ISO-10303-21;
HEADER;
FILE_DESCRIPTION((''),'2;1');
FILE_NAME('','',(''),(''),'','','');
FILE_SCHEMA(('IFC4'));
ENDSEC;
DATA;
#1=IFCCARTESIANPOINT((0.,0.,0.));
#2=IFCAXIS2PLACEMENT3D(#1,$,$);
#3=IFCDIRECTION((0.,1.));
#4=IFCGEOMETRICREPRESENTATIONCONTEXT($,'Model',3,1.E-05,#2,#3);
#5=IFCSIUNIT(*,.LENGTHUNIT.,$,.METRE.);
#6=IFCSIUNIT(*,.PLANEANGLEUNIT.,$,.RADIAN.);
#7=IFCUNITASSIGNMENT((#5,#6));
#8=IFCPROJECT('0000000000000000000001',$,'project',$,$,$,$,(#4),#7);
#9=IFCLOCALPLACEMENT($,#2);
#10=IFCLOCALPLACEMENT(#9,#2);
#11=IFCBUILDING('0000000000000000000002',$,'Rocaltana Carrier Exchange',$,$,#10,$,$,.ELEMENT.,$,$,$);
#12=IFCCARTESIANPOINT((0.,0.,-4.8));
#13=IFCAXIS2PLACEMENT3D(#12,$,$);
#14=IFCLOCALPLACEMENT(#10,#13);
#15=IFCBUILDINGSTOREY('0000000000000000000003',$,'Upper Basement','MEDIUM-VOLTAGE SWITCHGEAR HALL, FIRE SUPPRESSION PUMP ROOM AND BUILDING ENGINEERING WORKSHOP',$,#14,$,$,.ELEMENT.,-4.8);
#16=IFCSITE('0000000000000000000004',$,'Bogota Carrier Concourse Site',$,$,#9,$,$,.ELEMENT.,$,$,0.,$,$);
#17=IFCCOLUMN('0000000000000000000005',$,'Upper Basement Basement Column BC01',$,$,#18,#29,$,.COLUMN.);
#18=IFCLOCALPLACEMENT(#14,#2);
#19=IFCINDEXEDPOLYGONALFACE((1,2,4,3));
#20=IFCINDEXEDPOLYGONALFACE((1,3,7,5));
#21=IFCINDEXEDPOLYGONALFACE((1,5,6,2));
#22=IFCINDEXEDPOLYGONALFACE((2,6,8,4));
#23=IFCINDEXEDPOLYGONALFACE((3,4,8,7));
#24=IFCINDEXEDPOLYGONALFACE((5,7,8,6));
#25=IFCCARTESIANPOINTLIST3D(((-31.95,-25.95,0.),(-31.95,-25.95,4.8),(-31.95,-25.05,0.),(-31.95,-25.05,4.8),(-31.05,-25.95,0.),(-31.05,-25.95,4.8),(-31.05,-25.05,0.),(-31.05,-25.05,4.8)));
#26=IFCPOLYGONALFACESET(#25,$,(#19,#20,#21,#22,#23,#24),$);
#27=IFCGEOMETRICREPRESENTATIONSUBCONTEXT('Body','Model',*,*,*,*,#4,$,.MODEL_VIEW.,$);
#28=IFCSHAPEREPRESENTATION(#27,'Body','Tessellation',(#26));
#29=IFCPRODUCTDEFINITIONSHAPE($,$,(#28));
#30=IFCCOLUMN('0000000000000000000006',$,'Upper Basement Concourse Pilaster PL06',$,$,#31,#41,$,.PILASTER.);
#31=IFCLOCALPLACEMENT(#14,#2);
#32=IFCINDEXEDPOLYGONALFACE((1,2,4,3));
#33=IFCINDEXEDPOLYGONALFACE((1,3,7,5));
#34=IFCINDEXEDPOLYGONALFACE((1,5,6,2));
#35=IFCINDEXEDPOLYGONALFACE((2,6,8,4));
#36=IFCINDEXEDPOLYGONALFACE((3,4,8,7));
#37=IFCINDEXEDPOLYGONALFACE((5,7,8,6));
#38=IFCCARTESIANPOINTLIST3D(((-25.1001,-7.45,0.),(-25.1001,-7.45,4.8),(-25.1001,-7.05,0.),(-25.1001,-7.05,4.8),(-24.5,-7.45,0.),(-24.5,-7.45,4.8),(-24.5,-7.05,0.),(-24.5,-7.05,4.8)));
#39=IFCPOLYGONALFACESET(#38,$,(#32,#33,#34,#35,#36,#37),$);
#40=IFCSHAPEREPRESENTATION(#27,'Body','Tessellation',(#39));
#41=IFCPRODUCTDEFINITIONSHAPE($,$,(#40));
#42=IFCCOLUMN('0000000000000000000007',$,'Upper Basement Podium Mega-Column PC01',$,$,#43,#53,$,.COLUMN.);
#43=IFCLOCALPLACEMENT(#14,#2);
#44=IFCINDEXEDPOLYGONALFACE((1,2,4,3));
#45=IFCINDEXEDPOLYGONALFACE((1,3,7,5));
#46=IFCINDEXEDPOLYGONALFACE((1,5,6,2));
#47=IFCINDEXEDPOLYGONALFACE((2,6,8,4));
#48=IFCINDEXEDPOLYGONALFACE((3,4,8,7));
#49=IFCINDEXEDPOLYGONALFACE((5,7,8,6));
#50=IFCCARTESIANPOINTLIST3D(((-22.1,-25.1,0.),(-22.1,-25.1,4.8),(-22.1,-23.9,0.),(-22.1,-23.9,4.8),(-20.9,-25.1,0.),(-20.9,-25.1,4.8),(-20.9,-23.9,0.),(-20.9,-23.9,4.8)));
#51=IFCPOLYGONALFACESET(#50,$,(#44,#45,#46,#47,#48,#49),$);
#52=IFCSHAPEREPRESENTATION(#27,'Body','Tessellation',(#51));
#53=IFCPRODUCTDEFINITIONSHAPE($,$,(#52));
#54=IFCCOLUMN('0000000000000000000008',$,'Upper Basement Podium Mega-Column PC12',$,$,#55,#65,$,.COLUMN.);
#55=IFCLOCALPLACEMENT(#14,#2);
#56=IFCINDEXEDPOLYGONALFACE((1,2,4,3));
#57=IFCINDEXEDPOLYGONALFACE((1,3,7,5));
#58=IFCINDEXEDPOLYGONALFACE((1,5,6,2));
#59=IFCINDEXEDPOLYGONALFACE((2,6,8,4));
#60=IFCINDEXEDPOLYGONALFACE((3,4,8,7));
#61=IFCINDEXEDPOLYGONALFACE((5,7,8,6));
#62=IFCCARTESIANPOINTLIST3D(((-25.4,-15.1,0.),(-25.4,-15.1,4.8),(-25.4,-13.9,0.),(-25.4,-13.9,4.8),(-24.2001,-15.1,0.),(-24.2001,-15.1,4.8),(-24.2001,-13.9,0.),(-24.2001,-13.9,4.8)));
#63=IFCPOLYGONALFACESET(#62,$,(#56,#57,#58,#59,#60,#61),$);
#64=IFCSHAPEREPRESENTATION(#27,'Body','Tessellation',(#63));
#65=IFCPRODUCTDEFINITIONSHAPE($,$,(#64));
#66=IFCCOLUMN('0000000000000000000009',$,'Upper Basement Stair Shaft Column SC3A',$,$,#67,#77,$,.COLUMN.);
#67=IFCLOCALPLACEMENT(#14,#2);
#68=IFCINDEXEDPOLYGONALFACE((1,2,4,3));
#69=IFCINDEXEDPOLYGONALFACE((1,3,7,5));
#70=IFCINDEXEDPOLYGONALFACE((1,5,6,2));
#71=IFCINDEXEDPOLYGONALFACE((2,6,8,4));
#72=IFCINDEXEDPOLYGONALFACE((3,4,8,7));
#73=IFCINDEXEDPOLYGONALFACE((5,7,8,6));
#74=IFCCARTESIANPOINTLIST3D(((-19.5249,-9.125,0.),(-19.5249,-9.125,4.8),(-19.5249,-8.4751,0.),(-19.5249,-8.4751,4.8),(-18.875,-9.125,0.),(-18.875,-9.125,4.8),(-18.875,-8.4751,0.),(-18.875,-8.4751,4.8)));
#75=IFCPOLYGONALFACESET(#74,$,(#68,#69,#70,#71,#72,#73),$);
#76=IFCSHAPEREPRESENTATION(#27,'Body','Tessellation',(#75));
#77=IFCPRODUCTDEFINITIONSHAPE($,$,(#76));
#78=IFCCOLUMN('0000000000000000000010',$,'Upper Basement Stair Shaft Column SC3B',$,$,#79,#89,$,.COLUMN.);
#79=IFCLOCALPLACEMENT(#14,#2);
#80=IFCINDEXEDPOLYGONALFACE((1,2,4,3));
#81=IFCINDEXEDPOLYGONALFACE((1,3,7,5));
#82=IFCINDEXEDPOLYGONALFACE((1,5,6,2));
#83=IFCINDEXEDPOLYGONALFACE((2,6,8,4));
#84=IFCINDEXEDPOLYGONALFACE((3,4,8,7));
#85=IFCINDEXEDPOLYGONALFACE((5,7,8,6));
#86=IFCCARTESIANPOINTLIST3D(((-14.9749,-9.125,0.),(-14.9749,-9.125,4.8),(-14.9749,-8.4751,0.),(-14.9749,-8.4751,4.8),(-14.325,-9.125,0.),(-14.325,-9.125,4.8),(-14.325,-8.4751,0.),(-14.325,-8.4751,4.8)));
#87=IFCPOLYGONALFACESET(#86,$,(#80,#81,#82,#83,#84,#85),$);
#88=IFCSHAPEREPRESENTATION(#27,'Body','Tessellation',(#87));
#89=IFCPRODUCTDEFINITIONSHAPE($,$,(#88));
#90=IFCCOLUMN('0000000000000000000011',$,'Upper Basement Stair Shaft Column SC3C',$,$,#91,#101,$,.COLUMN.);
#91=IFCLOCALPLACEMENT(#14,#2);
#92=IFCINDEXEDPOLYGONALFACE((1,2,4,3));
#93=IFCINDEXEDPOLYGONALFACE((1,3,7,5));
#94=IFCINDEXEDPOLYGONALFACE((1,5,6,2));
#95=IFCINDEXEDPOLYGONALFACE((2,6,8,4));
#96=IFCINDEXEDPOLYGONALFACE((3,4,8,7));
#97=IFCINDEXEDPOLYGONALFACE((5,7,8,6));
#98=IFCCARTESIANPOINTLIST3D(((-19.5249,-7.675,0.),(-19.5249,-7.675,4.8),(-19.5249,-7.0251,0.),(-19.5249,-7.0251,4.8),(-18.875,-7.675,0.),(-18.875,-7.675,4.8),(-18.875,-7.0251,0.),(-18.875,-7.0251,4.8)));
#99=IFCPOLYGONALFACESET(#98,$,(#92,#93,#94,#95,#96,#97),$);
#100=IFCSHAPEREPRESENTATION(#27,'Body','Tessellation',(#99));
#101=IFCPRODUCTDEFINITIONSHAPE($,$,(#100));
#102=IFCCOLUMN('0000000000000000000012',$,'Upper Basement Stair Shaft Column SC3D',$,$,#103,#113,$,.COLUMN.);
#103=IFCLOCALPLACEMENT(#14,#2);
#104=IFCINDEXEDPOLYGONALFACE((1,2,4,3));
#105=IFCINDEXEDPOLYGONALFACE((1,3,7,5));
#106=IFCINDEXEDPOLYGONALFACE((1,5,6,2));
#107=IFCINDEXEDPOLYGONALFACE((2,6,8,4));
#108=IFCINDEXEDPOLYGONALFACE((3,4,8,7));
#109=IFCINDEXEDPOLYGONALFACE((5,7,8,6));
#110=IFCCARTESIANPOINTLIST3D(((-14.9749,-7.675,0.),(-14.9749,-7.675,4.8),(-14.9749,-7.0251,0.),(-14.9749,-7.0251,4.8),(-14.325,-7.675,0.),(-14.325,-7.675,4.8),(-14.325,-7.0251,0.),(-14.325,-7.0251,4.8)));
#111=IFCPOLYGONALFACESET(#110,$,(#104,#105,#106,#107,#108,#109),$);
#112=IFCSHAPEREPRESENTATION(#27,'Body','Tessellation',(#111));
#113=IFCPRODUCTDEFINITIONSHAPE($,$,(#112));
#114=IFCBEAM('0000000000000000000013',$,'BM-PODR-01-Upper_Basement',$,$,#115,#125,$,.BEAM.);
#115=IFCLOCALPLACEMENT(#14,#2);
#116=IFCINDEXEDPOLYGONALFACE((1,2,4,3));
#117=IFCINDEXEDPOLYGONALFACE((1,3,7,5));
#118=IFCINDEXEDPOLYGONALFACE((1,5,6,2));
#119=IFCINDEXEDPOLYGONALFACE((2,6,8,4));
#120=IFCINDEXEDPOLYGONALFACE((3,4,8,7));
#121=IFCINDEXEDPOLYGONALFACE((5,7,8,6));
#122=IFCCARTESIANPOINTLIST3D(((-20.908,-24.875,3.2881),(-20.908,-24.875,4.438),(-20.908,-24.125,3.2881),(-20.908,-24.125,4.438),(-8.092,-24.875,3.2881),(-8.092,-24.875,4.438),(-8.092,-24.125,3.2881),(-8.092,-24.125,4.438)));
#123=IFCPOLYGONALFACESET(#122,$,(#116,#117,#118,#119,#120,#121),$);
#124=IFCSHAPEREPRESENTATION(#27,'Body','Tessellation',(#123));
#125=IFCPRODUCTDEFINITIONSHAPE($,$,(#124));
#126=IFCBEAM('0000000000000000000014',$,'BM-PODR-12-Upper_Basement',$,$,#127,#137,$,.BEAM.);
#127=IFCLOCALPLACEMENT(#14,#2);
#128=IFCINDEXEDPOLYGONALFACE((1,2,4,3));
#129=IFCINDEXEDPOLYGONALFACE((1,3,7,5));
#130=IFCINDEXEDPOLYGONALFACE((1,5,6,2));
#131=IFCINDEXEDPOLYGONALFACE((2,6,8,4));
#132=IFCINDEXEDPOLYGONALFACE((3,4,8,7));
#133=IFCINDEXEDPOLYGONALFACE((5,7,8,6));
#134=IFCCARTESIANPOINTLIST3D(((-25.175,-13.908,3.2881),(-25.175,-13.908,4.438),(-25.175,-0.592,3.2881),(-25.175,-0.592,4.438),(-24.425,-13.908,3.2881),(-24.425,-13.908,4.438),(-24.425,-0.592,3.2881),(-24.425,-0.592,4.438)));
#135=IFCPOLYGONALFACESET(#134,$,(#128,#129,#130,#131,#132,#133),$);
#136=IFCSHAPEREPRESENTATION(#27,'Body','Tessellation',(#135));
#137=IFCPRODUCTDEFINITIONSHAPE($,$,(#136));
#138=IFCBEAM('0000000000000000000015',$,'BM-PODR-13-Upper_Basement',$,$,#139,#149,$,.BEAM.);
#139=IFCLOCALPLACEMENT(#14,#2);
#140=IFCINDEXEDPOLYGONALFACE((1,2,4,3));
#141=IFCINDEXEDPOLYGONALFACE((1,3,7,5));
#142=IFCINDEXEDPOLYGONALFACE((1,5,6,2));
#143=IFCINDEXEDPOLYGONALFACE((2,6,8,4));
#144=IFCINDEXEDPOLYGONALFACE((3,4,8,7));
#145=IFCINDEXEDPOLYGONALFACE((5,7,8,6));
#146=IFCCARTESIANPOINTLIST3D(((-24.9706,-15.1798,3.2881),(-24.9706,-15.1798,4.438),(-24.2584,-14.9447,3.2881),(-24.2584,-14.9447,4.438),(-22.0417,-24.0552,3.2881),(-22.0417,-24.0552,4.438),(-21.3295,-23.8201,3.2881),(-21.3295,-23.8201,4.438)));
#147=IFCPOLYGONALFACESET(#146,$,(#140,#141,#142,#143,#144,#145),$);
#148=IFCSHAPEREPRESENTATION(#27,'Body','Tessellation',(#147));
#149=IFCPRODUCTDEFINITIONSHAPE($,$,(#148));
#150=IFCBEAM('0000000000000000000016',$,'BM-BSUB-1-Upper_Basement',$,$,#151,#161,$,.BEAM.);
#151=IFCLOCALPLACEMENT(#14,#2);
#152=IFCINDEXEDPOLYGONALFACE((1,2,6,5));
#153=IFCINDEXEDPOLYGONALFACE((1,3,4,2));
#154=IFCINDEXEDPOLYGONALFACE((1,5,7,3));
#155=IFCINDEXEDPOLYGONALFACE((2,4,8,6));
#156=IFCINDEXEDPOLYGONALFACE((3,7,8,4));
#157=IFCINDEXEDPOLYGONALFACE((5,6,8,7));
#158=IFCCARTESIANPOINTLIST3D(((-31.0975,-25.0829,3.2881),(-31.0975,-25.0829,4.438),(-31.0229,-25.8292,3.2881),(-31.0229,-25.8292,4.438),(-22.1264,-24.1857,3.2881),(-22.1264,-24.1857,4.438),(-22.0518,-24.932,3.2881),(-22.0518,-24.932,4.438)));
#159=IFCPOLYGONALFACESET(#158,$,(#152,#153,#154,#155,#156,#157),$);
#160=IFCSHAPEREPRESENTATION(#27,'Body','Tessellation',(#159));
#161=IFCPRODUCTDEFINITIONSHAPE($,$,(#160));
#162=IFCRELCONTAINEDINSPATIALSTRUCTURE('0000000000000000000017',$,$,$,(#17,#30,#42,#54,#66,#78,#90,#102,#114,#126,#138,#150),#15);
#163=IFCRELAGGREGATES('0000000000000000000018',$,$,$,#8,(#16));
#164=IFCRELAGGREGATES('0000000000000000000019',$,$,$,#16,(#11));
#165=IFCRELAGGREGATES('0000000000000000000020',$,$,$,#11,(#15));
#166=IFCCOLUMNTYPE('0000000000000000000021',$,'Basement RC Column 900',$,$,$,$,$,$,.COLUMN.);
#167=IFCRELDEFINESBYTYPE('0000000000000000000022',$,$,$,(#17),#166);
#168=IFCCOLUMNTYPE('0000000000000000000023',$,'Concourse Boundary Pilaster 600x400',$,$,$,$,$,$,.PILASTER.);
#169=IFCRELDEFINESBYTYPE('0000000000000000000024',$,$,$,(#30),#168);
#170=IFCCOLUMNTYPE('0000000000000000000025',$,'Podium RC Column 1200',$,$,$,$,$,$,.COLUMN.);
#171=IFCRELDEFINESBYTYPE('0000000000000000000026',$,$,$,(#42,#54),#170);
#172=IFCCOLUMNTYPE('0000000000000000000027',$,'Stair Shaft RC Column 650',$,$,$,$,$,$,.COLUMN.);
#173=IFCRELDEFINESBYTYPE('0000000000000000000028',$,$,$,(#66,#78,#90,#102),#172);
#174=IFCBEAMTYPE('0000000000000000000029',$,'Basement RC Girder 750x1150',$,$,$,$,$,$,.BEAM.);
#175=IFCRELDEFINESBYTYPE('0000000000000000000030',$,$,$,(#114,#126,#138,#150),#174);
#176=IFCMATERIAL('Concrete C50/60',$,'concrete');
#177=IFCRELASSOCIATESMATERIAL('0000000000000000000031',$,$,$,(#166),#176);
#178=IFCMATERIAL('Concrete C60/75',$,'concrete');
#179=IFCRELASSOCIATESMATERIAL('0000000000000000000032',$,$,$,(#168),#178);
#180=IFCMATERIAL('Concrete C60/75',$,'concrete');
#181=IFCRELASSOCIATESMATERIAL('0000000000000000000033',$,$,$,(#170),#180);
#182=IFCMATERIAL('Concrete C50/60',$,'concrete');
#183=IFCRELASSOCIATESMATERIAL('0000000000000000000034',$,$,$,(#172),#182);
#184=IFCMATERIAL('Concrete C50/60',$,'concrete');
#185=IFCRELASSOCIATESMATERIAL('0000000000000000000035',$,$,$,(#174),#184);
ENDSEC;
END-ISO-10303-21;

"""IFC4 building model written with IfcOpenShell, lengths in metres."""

from ifc_helpers import new_model, si_unit, direction, frame, origin, origin_2d, place, context, subcontext, project, spatial, rectangle, extrude, material, material_profile, profile_set, type_object, element, save


model = new_model("IFC4")

# Units and contexts
model_context = context("Model", 3, precision=1e-05, world=origin(), true_north=direction((0.0, 1.0)))
body_context = subcontext(model_context, "Body", "Model", "MODEL_VIEW")
ifc_project = project(units=[si_unit("LENGTHUNIT", "METRE"), si_unit("PLANEANGLEUNIT", "RADIAN")], contexts=[model_context])

# Site, building, storey
site_placement = place(None, origin())
site = spatial("IfcSite", under=ifc_project, at=site_placement, Name="Bogota Carrier Concourse Site", CompositionType="ELEMENT", RefElevation=0.0)
building_placement = place(site_placement, origin())
building = spatial("IfcBuilding", under=site, at=building_placement, Name="Rocaltana Carrier Exchange", CompositionType="ELEMENT")
storey_placement = place(building_placement, frame((0.0, 0.0, -4.8)))
storey = spatial("IfcBuildingStorey", under=building, at=storey_placement, Name="Upper Basement", Description="MEDIUM-VOLTAGE SWITCHGEAR HALL, FIRE SUPPRESSION PUMP ROOM AND BUILDING ENGINEERING WORKSHOP", CompositionType="ELEMENT", Elevation=-4.8)

# Columns
ifc_material_1 = material(Name="Concrete C50/60", Category="concrete")
ifc_material_profile_1 = material_profile(ifc_material_1, rectangle(XDim=0.8999, YDim=0.8999, at=origin_2d()), Name="RC-COL-900X900")
ifc_profile_set_1 = profile_set([ifc_material_profile_1], Name="Concrete C50/60")
column_type_1 = type_object("IfcColumnType", Name="Basement RC Column 900", PredefinedType="COLUMN", material=ifc_profile_set_1)
column_1_placement = place(storey_placement, frame((-31.5, -25.5, 0.0), z_axis=(0.0, 0.0, 1.0), x_axis=(1.0, 0.0, 0.0)))
element("IfcColumn", 1, at=column_1_placement, inside=storey, type_object=column_type_1, Name="Upper Basement Basement Column BC01", PredefinedType="COLUMN", context=body_context, shape_type="SweptSolid", body=[
    extrude(rectangle(XDim=0.8999, YDim=0.8999, at=origin_2d()), origin(), (0.0, 0.0, 1.0), 4.8),
])
ifc_material_2 = material(Name="Concrete C60/75", Category="concrete")
ifc_material_profile_2 = material_profile(ifc_material_2, rectangle(XDim=0.6001, YDim=0.3999, at=origin_2d()), Name="RC-PIL-600X400")
ifc_profile_set_2 = profile_set([ifc_material_profile_2], Name="Concrete C60/75")
column_type_2 = type_object("IfcColumnType", Name="Concourse Boundary Pilaster 600x400", PredefinedType="PILASTER", material=ifc_profile_set_2)
column_2_placement = place(storey_placement, frame((-24.8, -7.25, 0.0), z_axis=(0.0, 0.0, 1.0), x_axis=(1.0, 0.0, 0.0)))
element("IfcColumn", 2, at=column_2_placement, inside=storey, type_object=column_type_2, Name="Upper Basement Concourse Pilaster PL06", PredefinedType="PILASTER", context=body_context, shape_type="SweptSolid", body=[
    extrude(rectangle(XDim=0.6001, YDim=0.3999, at=origin_2d()), origin(), (0.0, 0.0, 1.0), 4.8),
])
ifc_material_3 = material(Name="Concrete C60/75", Category="concrete")
ifc_material_profile_3 = material_profile(ifc_material_3, rectangle(XDim=1.2, YDim=1.2, at=origin_2d()), Name="RC-COL-1200X1200")
ifc_profile_set_3 = profile_set([ifc_material_profile_3], Name="Concrete C60/75")
column_type_3 = type_object("IfcColumnType", Name="Podium RC Column 1200", PredefinedType="COLUMN", material=ifc_profile_set_3)
for number, where, z_axis, x_axis, name in (
    (3, (-21.5, -24.5, 0.0), (0.0, 0.0, 1.0), (1.0, 0.0, 0.0), "Upper Basement Podium Mega-Column PC01"),
    (4, (-24.8, -14.5, 0.0), (0.0, 0.0, 1.0), (1.0, 0.0, 0.0), "Upper Basement Podium Mega-Column PC12"),
):
    element("IfcColumn", number, at=place(storey_placement, frame(where, z_axis=z_axis, x_axis=x_axis)), inside=storey, type_object=column_type_3, Name=name, PredefinedType="COLUMN", context=body_context, shape_type="SweptSolid", body=[
        extrude(rectangle(XDim=1.2, YDim=1.2, at=origin_2d()), origin(), (0.0, 0.0, 1.0), 4.8),
    ])
ifc_material_4 = material(Name="Concrete C50/60", Category="concrete")
ifc_material_profile_4 = material_profile(ifc_material_4, rectangle(XDim=0.6499, YDim=0.6499, at=origin_2d()), Name="RC-COL-650X650")
ifc_profile_set_4 = profile_set([ifc_material_profile_4], Name="Concrete C50/60")
column_type_4 = type_object("IfcColumnType", Name="Stair Shaft RC Column 650", PredefinedType="COLUMN", material=ifc_profile_set_4)
for number, where, z_axis, x_axis, name in (
    (5, (-19.2, -8.8, 0.0), (0.0, 0.0, 1.0), (1.0, 0.0, 0.0), "Upper Basement Stair Shaft Column SC3A"),
    (6, (-14.6499, -8.8, 0.0), (0.0, 0.0, 1.0), (1.0, 0.0, 0.0), "Upper Basement Stair Shaft Column SC3B"),
    (7, (-19.2, -7.3501, 0.0), (0.0, 0.0, 1.0), (1.0, 0.0, 0.0), "Upper Basement Stair Shaft Column SC3C"),
    (8, (-14.6499, -7.3501, 0.0), (0.0, 0.0, 1.0), (1.0, 0.0, 0.0), "Upper Basement Stair Shaft Column SC3D"),
):
    element("IfcColumn", number, at=place(storey_placement, frame(where, z_axis=z_axis, x_axis=x_axis)), inside=storey, type_object=column_type_4, Name=name, PredefinedType="COLUMN", context=body_context, shape_type="SweptSolid", body=[
        extrude(rectangle(XDim=0.6499, YDim=0.6499, at=origin_2d()), origin(), (0.0, 0.0, 1.0), 4.8),
    ])

# Beams
ifc_material_5 = material(Name="Concrete C50/60", Category="concrete")
ifc_material_profile_5 = material_profile(ifc_material_5, rectangle(XDim=0.75, YDim=1.1499, at=origin_2d()), Name="RC-BM-750X1150")
ifc_profile_set_5 = profile_set([ifc_material_profile_5], Name="Concrete C50/60")
beam_type_1 = type_object("IfcBeamType", Name="Basement RC Girder 750x1150", PredefinedType="BEAM", material=ifc_profile_set_5)
beam_1_placement = place(storey_placement, frame((-20.908, -24.5, 3.863), z_axis=(1.0, 0.0, 0.0), x_axis=(0.0, 1.0, 0.0)))
element("IfcBeam", 9, at=beam_1_placement, inside=storey, type_object=beam_type_1, Name="BM-PODR-01-Upper_Basement", PredefinedType="BEAM", context=body_context, shape_type="SweptSolid", body=[
    extrude(rectangle(XDim=0.75, YDim=1.1499, at=origin_2d()), origin(), (0.0, 0.0, 1.0), 12.8159),
])
beam_2_placement = place(storey_placement, frame((-24.8, -0.592, 3.863), z_axis=(0.0, -1.0, 0.0), x_axis=(1.0, 0.0, 0.0)))
element("IfcBeam", 10, at=beam_2_placement, inside=storey, type_object=beam_type_1, Name="BM-PODR-12-Upper_Basement", PredefinedType="BEAM", context=body_context, shape_type="SweptSolid", body=[
    extrude(rectangle(XDim=0.75, YDim=1.1499, at=origin_2d()), origin(), (0.0, 0.0, 1.0), 13.3159),
])
beam_3_placement = place(storey_placement, frame((-24.6145, -15.0623, 3.863), z_axis=(0.313382, -0.949627, 0.0), x_axis=(0.949627, 0.313382, 0.0)))
element("IfcBeam", 11, at=beam_3_placement, inside=storey, type_object=beam_type_1, Name="BM-PODR-13-Upper_Basement", PredefinedType="BEAM", context=body_context, shape_type="SweptSolid", body=[
    extrude(rectangle(XDim=0.75, YDim=1.1499, at=origin_2d()), origin(), (0.0, 0.0, 1.0), 9.3462),
])
beam_4_placement = place(storey_placement, frame((-22.0891, -24.5588, 3.863), z_axis=(-0.995036, -0.099514, 0.0), x_axis=(0.099514, -0.995036, 0.0)))
element("IfcBeam", 12, at=beam_4_placement, inside=storey, type_object=beam_type_1, Name="BM-BSUB-1-Upper_Basement", PredefinedType="BEAM", context=body_context, shape_type="SweptSolid", body=[
    extrude(rectangle(XDim=0.75, YDim=1.1499, at=origin_2d()), origin(), (0.0, 0.0, 1.0), 9.0159),
])

save(model, "model.ifc")
